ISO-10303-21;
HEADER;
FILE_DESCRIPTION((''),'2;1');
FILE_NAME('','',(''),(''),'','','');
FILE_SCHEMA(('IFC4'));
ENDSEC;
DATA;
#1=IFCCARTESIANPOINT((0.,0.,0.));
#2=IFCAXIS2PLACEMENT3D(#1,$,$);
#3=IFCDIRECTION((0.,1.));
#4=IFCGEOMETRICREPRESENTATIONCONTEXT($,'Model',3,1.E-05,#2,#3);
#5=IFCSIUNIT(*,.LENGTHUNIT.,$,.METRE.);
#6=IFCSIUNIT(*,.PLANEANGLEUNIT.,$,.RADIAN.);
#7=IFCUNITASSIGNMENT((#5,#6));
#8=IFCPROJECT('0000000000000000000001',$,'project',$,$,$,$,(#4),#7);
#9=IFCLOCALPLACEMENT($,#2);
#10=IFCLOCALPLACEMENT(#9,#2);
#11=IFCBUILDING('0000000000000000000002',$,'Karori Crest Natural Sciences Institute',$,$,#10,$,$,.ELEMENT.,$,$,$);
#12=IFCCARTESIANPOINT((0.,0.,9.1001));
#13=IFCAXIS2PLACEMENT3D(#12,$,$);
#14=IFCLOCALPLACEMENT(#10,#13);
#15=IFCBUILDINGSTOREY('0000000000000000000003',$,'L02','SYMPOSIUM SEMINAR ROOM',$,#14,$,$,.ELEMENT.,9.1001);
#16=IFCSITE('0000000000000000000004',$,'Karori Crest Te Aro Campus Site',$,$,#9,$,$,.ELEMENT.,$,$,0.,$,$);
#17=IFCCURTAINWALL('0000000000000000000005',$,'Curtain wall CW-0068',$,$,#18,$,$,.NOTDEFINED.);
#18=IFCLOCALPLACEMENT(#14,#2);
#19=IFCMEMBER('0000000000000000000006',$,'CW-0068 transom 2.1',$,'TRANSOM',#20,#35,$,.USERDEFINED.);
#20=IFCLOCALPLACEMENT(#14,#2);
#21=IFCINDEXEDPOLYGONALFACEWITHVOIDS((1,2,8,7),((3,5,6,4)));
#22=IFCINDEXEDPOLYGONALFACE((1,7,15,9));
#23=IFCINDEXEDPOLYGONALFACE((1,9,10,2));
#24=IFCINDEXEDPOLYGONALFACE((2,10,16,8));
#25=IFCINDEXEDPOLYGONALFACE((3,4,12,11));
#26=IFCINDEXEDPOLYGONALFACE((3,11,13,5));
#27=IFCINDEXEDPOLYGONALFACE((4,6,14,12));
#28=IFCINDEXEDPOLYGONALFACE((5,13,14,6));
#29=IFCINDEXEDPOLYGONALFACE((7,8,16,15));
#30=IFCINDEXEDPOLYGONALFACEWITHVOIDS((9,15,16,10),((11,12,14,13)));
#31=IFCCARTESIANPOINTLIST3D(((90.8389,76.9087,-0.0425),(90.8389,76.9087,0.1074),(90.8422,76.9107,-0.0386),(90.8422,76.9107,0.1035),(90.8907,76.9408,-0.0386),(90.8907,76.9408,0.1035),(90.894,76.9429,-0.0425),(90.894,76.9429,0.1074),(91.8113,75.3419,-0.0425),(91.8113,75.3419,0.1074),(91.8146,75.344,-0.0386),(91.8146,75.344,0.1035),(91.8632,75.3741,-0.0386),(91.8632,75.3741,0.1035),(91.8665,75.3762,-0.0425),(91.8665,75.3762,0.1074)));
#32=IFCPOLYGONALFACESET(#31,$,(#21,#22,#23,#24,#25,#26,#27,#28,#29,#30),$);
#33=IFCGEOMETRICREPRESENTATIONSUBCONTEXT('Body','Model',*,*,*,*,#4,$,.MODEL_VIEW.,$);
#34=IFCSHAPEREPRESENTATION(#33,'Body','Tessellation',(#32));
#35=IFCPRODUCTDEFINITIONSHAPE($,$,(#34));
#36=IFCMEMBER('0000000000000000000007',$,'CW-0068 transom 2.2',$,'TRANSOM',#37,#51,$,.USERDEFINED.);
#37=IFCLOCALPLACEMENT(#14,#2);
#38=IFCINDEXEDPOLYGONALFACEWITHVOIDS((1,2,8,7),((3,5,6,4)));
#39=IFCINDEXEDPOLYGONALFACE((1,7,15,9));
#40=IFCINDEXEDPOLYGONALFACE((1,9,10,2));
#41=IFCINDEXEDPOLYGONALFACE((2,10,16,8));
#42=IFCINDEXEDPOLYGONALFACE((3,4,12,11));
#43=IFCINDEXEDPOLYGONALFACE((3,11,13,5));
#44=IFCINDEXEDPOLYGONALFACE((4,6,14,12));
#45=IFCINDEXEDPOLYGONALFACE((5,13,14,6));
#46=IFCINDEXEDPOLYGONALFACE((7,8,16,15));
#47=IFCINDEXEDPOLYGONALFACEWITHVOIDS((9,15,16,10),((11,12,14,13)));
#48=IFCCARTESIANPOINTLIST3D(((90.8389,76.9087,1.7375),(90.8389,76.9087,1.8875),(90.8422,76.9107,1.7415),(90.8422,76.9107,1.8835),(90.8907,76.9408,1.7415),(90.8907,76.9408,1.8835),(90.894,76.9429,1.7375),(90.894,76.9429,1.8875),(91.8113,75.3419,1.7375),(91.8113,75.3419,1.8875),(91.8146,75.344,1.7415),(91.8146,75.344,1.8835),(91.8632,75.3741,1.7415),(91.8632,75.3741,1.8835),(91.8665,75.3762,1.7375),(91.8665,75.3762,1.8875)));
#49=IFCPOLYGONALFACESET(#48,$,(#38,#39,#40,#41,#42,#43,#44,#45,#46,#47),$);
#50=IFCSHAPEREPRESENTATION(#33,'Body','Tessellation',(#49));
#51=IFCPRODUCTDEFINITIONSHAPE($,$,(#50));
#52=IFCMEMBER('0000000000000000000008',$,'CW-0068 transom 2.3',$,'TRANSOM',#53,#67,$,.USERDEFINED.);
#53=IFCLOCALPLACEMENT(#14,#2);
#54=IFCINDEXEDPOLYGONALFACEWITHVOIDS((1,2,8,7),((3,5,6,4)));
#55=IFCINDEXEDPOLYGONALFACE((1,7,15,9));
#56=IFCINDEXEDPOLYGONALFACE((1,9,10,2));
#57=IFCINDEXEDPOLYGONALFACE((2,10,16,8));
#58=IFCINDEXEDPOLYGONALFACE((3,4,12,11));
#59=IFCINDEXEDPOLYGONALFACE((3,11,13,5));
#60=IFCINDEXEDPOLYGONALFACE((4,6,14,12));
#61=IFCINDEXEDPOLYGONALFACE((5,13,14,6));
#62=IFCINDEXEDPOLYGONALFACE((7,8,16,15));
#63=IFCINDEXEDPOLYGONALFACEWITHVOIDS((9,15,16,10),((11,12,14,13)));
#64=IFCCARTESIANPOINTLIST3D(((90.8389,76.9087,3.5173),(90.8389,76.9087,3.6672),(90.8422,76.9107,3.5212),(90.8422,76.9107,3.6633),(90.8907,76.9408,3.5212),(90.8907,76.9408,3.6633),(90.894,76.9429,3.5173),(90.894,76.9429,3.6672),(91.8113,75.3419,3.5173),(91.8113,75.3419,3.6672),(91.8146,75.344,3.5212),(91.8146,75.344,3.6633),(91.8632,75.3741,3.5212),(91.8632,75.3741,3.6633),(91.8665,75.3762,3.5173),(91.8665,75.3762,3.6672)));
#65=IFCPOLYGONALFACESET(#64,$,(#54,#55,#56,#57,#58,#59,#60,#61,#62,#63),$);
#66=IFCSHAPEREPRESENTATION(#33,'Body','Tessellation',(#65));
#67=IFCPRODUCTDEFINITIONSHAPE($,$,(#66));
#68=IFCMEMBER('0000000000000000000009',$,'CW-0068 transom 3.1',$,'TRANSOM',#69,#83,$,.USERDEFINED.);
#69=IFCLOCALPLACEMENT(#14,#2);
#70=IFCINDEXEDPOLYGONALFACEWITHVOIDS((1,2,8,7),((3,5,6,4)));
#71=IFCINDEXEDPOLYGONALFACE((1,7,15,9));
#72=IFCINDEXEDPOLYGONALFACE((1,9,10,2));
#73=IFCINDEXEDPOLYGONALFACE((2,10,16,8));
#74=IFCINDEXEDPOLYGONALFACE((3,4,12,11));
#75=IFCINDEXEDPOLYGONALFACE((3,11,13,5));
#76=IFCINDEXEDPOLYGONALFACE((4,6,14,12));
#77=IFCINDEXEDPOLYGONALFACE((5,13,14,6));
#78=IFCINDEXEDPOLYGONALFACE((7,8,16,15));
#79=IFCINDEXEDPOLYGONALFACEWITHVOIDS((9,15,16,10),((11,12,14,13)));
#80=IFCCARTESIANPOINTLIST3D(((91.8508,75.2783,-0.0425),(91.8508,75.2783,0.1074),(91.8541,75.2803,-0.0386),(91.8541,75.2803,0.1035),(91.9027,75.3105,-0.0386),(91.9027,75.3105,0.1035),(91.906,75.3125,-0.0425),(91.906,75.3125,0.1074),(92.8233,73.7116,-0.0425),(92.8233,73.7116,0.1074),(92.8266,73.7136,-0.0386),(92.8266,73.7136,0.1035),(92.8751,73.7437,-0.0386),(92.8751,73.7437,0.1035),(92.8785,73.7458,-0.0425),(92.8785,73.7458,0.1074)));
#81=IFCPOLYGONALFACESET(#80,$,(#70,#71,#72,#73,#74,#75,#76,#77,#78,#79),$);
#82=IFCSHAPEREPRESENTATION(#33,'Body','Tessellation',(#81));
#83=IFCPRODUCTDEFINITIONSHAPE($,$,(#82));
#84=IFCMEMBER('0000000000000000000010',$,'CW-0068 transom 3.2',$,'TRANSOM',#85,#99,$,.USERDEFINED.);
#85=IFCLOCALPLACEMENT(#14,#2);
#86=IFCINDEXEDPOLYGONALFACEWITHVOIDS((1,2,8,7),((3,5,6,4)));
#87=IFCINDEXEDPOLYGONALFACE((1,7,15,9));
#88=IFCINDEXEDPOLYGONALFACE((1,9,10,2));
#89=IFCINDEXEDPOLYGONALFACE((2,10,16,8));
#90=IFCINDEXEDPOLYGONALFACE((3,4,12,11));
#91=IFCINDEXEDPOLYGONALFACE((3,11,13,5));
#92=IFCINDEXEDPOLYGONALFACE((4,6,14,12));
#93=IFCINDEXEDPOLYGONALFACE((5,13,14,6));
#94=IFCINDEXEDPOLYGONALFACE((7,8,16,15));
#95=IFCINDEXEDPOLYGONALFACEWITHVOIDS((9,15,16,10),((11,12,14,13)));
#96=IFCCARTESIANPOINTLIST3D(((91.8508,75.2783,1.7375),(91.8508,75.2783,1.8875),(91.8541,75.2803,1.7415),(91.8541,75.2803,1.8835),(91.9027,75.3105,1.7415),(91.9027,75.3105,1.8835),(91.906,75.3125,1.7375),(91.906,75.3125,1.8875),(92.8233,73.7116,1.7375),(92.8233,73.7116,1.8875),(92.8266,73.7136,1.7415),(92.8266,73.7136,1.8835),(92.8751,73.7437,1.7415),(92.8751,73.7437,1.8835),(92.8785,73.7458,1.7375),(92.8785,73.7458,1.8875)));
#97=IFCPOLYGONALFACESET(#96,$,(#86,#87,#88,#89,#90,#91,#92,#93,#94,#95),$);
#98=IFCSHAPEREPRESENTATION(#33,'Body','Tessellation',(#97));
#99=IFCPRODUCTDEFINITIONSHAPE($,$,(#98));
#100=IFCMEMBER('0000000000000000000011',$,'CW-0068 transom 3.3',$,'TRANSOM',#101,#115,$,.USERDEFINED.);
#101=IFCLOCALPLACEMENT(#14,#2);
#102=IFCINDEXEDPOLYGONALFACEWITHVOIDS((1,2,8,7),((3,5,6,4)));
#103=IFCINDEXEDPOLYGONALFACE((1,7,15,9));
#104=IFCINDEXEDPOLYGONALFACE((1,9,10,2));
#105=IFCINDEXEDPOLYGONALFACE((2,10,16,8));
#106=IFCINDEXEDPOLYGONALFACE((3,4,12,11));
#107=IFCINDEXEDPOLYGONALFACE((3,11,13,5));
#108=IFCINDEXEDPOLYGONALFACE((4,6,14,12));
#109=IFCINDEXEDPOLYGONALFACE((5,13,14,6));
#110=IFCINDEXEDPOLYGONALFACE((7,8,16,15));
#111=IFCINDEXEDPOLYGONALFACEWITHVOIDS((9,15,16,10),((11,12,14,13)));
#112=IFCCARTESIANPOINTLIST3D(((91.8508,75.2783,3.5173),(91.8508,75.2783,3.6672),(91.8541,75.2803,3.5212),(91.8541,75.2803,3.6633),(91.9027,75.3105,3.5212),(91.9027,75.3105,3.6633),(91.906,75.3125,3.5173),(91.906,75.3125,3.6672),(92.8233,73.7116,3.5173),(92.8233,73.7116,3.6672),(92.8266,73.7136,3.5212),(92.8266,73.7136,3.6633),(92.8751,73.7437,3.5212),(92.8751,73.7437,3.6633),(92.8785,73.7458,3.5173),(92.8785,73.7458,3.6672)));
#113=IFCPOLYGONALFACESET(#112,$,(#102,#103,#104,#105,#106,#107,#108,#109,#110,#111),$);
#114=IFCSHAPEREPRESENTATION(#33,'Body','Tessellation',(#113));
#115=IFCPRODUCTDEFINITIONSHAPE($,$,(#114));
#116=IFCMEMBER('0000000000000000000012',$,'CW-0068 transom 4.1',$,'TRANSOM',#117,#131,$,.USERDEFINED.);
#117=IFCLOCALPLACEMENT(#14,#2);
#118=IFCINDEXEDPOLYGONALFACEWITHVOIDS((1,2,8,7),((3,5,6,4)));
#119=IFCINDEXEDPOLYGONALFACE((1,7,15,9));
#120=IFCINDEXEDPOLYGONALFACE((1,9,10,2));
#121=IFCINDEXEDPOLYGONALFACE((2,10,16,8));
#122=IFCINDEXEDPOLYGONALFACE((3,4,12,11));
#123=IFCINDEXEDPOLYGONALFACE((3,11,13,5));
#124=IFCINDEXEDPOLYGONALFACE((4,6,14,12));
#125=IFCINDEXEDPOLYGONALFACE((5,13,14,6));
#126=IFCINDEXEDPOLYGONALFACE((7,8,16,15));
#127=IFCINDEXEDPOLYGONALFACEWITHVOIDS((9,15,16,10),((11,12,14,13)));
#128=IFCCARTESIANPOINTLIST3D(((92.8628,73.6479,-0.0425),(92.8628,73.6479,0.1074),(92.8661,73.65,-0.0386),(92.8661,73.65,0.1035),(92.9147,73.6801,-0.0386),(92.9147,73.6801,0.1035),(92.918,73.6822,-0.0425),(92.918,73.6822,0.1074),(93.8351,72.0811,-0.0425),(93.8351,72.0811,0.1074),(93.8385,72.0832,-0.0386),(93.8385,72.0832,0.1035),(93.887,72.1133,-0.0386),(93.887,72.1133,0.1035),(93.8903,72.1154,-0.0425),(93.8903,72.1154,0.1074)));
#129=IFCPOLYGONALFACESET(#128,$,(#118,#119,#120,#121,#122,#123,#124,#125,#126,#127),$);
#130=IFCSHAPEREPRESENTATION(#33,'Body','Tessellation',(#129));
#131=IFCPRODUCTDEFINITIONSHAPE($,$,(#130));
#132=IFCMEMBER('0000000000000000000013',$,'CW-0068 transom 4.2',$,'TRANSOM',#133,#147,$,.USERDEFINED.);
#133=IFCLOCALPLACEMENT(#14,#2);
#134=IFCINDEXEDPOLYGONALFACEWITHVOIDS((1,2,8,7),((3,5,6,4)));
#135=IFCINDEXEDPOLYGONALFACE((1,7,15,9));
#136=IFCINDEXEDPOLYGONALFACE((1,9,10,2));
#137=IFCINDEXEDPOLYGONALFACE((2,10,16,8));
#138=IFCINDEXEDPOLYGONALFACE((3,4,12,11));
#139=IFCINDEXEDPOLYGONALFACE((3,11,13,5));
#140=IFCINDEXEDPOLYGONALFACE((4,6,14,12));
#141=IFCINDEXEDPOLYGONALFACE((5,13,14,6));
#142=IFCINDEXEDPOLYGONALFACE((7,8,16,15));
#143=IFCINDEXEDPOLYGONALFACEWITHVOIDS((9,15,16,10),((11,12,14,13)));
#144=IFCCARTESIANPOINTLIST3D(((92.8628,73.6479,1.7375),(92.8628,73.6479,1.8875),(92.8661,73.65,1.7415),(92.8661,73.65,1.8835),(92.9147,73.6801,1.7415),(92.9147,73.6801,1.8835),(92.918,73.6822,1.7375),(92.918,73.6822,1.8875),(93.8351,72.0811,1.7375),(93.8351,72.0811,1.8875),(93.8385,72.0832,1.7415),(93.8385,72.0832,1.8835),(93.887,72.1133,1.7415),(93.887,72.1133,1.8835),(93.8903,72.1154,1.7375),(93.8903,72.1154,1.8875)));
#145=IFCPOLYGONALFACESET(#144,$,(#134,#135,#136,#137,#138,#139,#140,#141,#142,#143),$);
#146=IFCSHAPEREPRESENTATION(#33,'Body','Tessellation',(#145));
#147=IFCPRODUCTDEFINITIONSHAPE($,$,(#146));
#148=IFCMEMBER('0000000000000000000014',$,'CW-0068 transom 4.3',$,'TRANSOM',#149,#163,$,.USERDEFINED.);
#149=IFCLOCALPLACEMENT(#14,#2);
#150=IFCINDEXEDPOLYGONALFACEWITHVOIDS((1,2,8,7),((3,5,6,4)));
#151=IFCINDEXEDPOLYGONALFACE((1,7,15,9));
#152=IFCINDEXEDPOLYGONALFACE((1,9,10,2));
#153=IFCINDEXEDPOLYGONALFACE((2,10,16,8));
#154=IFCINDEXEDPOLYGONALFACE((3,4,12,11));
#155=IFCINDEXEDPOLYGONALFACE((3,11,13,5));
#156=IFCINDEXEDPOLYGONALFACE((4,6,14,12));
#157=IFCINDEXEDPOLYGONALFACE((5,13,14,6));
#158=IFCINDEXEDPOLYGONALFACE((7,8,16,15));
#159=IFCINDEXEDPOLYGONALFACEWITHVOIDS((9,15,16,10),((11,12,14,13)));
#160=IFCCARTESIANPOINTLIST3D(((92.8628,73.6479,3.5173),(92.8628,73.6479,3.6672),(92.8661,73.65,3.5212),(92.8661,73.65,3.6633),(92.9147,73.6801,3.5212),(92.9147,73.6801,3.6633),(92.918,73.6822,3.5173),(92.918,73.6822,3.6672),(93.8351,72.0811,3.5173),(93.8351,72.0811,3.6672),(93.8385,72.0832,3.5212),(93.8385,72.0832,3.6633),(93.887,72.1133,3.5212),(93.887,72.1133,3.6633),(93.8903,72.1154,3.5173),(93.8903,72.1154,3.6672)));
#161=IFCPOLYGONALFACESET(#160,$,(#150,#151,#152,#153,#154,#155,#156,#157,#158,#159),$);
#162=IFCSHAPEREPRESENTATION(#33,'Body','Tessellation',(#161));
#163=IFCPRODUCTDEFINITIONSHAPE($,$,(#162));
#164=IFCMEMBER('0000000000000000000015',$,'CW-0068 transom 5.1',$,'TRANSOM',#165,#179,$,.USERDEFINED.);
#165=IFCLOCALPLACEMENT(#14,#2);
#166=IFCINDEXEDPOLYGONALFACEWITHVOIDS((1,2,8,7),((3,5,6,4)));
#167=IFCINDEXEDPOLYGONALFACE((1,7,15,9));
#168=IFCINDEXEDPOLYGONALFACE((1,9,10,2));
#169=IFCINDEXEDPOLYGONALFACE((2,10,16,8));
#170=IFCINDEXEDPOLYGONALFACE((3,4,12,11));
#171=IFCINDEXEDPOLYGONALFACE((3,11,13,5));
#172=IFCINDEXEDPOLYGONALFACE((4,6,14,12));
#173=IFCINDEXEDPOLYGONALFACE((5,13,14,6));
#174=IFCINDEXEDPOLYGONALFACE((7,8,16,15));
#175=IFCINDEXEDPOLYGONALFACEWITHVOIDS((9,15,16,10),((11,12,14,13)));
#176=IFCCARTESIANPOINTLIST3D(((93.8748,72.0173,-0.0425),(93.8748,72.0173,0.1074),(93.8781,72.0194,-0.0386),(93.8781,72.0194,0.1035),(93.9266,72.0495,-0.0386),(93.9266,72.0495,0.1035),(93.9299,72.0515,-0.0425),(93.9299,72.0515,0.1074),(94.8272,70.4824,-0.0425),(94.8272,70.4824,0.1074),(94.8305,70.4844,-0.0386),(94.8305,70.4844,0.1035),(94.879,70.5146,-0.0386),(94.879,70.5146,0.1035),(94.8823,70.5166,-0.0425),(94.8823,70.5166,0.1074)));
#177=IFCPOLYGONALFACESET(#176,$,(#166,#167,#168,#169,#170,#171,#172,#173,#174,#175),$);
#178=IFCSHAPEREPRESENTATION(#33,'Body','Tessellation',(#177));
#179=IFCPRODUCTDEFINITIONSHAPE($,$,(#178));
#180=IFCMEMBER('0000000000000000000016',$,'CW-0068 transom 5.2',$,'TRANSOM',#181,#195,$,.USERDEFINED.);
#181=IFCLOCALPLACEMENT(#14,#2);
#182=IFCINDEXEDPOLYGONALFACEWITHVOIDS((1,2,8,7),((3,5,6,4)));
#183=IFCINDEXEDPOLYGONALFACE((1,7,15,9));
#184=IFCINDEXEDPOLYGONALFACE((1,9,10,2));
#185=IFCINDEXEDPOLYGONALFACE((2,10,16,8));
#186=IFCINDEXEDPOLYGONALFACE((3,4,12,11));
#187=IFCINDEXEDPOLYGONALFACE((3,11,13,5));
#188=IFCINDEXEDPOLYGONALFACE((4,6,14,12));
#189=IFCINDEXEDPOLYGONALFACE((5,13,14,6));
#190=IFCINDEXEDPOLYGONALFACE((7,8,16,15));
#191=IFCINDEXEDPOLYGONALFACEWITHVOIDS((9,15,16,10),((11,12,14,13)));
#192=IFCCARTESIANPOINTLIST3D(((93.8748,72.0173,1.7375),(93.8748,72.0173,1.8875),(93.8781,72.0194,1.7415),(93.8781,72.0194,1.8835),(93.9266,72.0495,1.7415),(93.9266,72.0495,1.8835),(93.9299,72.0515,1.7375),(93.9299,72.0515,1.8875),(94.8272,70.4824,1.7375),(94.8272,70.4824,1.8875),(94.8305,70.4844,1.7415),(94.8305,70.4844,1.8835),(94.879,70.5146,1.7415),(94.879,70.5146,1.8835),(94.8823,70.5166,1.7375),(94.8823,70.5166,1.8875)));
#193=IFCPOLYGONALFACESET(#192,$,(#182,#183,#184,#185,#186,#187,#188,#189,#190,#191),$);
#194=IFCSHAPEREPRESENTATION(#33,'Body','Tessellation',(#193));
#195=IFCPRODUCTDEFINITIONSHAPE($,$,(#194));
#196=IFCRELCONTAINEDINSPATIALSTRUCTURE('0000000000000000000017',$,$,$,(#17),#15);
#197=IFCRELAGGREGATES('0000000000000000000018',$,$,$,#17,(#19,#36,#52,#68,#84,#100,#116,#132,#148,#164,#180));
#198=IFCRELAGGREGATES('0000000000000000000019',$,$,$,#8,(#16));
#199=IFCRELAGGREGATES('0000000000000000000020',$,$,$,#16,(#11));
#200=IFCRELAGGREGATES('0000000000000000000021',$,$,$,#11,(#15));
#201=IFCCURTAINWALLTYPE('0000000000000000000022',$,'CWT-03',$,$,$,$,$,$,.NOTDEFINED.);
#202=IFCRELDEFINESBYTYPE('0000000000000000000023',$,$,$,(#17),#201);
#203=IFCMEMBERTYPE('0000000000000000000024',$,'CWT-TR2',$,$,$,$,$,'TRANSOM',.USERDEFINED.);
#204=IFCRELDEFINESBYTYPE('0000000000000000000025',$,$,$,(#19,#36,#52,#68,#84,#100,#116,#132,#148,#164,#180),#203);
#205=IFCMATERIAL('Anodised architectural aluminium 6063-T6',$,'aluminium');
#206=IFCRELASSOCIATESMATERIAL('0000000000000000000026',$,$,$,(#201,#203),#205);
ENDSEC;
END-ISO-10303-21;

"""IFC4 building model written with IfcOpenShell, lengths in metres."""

from ifc_helpers import new_model, si_unit, direction, frame, origin, origin_2d, place, context, subcontext, project, spatial, hollow_rectangle, extrude, material, material_profile, profile_set, type_object, element, aggregate, save


model = new_model("IFC4")

# Units and contexts
model_context = context("Model", 3, precision=1e-05, world=origin(), true_north=direction((0.0, 1.0)))
body_context = subcontext(model_context, "Body", "Model", "MODEL_VIEW")
ifc_project = project(units=[si_unit("LENGTHUNIT", "METRE"), si_unit("PLANEANGLEUNIT", "RADIAN")], contexts=[model_context])

# Site, building, storey
site_placement = place(None, origin())
site = spatial("IfcSite", under=ifc_project, at=site_placement, Name="Karori Crest Te Aro Campus Site", CompositionType="ELEMENT", RefElevation=0.0)
building_placement = place(site_placement, origin())
building = spatial("IfcBuilding", under=site, at=building_placement, Name="Karori Crest Natural Sciences Institute", CompositionType="ELEMENT")
storey_placement = place(building_placement, frame((0.0, 0.0, 9.1001)))
storey = spatial("IfcBuildingStorey", under=building, at=storey_placement, Name="L02", Description="SYMPOSIUM SEMINAR ROOM", CompositionType="ELEMENT", Elevation=9.1001)

# Shared definitions
ifc_material_1 = material(Name="Anodised architectural aluminium 6063-T6", Category="aluminium")

# Curtain wall, members
curtain_wall_type_1 = type_object("IfcCurtainWallType", Name="CWT-03", PredefinedType="NOTDEFINED", material=ifc_material_1)
curtain_wall_1_placement = place(storey_placement, origin())
curtain_wall_1 = element("IfcCurtainWall", 1, at=curtain_wall_1_placement, inside=storey, type_object=curtain_wall_type_1, Name="Curtain wall CW-0068", PredefinedType="NOTDEFINED")
ifc_material_profile_1 = material_profile(ifc_material_1, hollow_rectangle(XDim=0.0649, YDim=0.1499, WallThickness=0.0039, at=origin_2d()), Name="CWT150x65x4")
ifc_profile_set_1 = profile_set([ifc_material_profile_1], Name="Anodised architectural aluminium 6063-T6")
member_type_1 = type_object("IfcMemberType", Name="CWT-TR2", ElementType="TRANSOM", PredefinedType="USERDEFINED", material=ifc_profile_set_1)
member_1_placement = place(storey_placement, frame((90.8665, 76.9258, 0.0325), z_axis=(0.527366, -0.849638, 0.0), x_axis=(0.849638, 0.527366, 0.0)))
member_1 = element("IfcMember", 2, at=member_1_placement, type_object=member_type_1, Name="CW-0068 transom 2.1", ObjectType="TRANSOM", PredefinedType="USERDEFINED", context=body_context, shape_type="SweptSolid", body=[
    extrude(hollow_rectangle(XDim=0.0649, YDim=0.1499, WallThickness=0.0039, at=origin_2d()), origin(), (0.0, 0.0, 1.0), 1.844),
])
member_2_placement = place(storey_placement, frame((90.8665, 76.9258, 1.8125), z_axis=(0.527366, -0.849638, 0.0), x_axis=(0.849638, 0.527366, 0.0)))
member_2 = element("IfcMember", 3, at=member_2_placement, type_object=member_type_1, Name="CW-0068 transom 2.2", ObjectType="TRANSOM", PredefinedType="USERDEFINED", context=body_context, shape_type="SweptSolid", body=[
    extrude(hollow_rectangle(XDim=0.0649, YDim=0.1499, WallThickness=0.0039, at=origin_2d()), origin(), (0.0, 0.0, 1.0), 1.844),
])
member_3_placement = place(storey_placement, frame((90.8665, 76.9258, 3.5923), z_axis=(0.527366, -0.849638, 0.0), x_axis=(0.849638, 0.527366, 0.0)))
member_3 = element("IfcMember", 4, at=member_3_placement, type_object=member_type_1, Name="CW-0068 transom 2.3", ObjectType="TRANSOM", PredefinedType="USERDEFINED", context=body_context, shape_type="SweptSolid", body=[
    extrude(hollow_rectangle(XDim=0.0649, YDim=0.1499, WallThickness=0.0039, at=origin_2d()), origin(), (0.0, 0.0, 1.0), 1.844),
])
member_4_placement = place(storey_placement, frame((91.8784, 75.2954, 0.0325), z_axis=(0.527366, -0.849638, 0.0), x_axis=(0.849638, 0.527366, 0.0)))
member_4 = element("IfcMember", 5, at=member_4_placement, type_object=member_type_1, Name="CW-0068 transom 3.1", ObjectType="TRANSOM", PredefinedType="USERDEFINED", context=body_context, shape_type="SweptSolid", body=[
    extrude(hollow_rectangle(XDim=0.0649, YDim=0.1499, WallThickness=0.0039, at=origin_2d()), origin(), (0.0, 0.0, 1.0), 1.844),
])
member_5_placement = place(storey_placement, frame((91.8784, 75.2954, 1.8125), z_axis=(0.527366, -0.849638, 0.0), x_axis=(0.849638, 0.527366, 0.0)))
member_5 = element("IfcMember", 6, at=member_5_placement, type_object=member_type_1, Name="CW-0068 transom 3.2", ObjectType="TRANSOM", PredefinedType="USERDEFINED", context=body_context, shape_type="SweptSolid", body=[
    extrude(hollow_rectangle(XDim=0.0649, YDim=0.1499, WallThickness=0.0039, at=origin_2d()), origin(), (0.0, 0.0, 1.0), 1.844),
])
member_6_placement = place(storey_placement, frame((91.8784, 75.2954, 3.5923), z_axis=(0.527366, -0.849638, 0.0), x_axis=(0.849638, 0.527366, 0.0)))
member_6 = element("IfcMember", 7, at=member_6_placement, type_object=member_type_1, Name="CW-0068 transom 3.3", ObjectType="TRANSOM", PredefinedType="USERDEFINED", context=body_context, shape_type="SweptSolid", body=[
    extrude(hollow_rectangle(XDim=0.0649, YDim=0.1499, WallThickness=0.0039, at=origin_2d()), origin(), (0.0, 0.0, 1.0), 1.844),
])
member_7_placement = place(storey_placement, frame((92.8904, 73.665, 0.0325), z_axis=(0.527307, -0.849675, 0.0), x_axis=(0.849675, 0.527307, 0.0)))
member_7 = element("IfcMember", 8, at=member_7_placement, type_object=member_type_1, Name="CW-0068 transom 4.1", ObjectType="TRANSOM", PredefinedType="USERDEFINED", context=body_context, shape_type="SweptSolid", body=[
    extrude(hollow_rectangle(XDim=0.0649, YDim=0.1499, WallThickness=0.0039, at=origin_2d()), origin(), (0.0, 0.0, 1.0), 1.844),
])
member_8_placement = place(storey_placement, frame((92.8904, 73.665, 1.8125), z_axis=(0.527307, -0.849675, 0.0), x_axis=(0.849675, 0.527307, 0.0)))
member_8 = element("IfcMember", 9, at=member_8_placement, type_object=member_type_1, Name="CW-0068 transom 4.2", ObjectType="TRANSOM", PredefinedType="USERDEFINED", context=body_context, shape_type="SweptSolid", body=[
    extrude(hollow_rectangle(XDim=0.0649, YDim=0.1499, WallThickness=0.0039, at=origin_2d()), origin(), (0.0, 0.0, 1.0), 1.844),
])
member_9_placement = place(storey_placement, frame((92.8904, 73.665, 3.5923), z_axis=(0.527307, -0.849675, 0.0), x_axis=(0.849675, 0.527307, 0.0)))
member_9 = element("IfcMember", 10, at=member_9_placement, type_object=member_type_1, Name="CW-0068 transom 4.3", ObjectType="TRANSOM", PredefinedType="USERDEFINED", context=body_context, shape_type="SweptSolid", body=[
    extrude(hollow_rectangle(XDim=0.0649, YDim=0.1499, WallThickness=0.0039, at=origin_2d()), origin(), (0.0, 0.0, 1.0), 1.844),
])
member_10_placement = place(storey_placement, frame((93.9023, 72.0344, 0.0325), z_axis=(0.527238, -0.849717, 0.0), x_axis=(0.849717, 0.527238, 0.0)))
member_10 = element("IfcMember", 11, at=member_10_placement, type_object=member_type_1, Name="CW-0068 transom 5.1", ObjectType="TRANSOM", PredefinedType="USERDEFINED", context=body_context, shape_type="SweptSolid", body=[
    extrude(hollow_rectangle(XDim=0.0649, YDim=0.1499, WallThickness=0.0039, at=origin_2d()), origin(), (0.0, 0.0, 1.0), 1.8064),
])
member_11_placement = place(storey_placement, frame((93.9023, 72.0344, 1.8125), z_axis=(0.527238, -0.849717, 0.0), x_axis=(0.849717, 0.527238, 0.0)))
member_11 = element("IfcMember", 12, at=member_11_placement, type_object=member_type_1, Name="CW-0068 transom 5.2", ObjectType="TRANSOM", PredefinedType="USERDEFINED", context=body_context, shape_type="SweptSolid", body=[
    extrude(hollow_rectangle(XDim=0.0649, YDim=0.1499, WallThickness=0.0039, at=origin_2d()), origin(), (0.0, 0.0, 1.0), 1.8064),
])
aggregate(curtain_wall_1, [member_1, member_2, member_3, member_4, member_5, member_6, member_7, member_8, member_9, member_10, member_11])

save(model, "model.ifc")
